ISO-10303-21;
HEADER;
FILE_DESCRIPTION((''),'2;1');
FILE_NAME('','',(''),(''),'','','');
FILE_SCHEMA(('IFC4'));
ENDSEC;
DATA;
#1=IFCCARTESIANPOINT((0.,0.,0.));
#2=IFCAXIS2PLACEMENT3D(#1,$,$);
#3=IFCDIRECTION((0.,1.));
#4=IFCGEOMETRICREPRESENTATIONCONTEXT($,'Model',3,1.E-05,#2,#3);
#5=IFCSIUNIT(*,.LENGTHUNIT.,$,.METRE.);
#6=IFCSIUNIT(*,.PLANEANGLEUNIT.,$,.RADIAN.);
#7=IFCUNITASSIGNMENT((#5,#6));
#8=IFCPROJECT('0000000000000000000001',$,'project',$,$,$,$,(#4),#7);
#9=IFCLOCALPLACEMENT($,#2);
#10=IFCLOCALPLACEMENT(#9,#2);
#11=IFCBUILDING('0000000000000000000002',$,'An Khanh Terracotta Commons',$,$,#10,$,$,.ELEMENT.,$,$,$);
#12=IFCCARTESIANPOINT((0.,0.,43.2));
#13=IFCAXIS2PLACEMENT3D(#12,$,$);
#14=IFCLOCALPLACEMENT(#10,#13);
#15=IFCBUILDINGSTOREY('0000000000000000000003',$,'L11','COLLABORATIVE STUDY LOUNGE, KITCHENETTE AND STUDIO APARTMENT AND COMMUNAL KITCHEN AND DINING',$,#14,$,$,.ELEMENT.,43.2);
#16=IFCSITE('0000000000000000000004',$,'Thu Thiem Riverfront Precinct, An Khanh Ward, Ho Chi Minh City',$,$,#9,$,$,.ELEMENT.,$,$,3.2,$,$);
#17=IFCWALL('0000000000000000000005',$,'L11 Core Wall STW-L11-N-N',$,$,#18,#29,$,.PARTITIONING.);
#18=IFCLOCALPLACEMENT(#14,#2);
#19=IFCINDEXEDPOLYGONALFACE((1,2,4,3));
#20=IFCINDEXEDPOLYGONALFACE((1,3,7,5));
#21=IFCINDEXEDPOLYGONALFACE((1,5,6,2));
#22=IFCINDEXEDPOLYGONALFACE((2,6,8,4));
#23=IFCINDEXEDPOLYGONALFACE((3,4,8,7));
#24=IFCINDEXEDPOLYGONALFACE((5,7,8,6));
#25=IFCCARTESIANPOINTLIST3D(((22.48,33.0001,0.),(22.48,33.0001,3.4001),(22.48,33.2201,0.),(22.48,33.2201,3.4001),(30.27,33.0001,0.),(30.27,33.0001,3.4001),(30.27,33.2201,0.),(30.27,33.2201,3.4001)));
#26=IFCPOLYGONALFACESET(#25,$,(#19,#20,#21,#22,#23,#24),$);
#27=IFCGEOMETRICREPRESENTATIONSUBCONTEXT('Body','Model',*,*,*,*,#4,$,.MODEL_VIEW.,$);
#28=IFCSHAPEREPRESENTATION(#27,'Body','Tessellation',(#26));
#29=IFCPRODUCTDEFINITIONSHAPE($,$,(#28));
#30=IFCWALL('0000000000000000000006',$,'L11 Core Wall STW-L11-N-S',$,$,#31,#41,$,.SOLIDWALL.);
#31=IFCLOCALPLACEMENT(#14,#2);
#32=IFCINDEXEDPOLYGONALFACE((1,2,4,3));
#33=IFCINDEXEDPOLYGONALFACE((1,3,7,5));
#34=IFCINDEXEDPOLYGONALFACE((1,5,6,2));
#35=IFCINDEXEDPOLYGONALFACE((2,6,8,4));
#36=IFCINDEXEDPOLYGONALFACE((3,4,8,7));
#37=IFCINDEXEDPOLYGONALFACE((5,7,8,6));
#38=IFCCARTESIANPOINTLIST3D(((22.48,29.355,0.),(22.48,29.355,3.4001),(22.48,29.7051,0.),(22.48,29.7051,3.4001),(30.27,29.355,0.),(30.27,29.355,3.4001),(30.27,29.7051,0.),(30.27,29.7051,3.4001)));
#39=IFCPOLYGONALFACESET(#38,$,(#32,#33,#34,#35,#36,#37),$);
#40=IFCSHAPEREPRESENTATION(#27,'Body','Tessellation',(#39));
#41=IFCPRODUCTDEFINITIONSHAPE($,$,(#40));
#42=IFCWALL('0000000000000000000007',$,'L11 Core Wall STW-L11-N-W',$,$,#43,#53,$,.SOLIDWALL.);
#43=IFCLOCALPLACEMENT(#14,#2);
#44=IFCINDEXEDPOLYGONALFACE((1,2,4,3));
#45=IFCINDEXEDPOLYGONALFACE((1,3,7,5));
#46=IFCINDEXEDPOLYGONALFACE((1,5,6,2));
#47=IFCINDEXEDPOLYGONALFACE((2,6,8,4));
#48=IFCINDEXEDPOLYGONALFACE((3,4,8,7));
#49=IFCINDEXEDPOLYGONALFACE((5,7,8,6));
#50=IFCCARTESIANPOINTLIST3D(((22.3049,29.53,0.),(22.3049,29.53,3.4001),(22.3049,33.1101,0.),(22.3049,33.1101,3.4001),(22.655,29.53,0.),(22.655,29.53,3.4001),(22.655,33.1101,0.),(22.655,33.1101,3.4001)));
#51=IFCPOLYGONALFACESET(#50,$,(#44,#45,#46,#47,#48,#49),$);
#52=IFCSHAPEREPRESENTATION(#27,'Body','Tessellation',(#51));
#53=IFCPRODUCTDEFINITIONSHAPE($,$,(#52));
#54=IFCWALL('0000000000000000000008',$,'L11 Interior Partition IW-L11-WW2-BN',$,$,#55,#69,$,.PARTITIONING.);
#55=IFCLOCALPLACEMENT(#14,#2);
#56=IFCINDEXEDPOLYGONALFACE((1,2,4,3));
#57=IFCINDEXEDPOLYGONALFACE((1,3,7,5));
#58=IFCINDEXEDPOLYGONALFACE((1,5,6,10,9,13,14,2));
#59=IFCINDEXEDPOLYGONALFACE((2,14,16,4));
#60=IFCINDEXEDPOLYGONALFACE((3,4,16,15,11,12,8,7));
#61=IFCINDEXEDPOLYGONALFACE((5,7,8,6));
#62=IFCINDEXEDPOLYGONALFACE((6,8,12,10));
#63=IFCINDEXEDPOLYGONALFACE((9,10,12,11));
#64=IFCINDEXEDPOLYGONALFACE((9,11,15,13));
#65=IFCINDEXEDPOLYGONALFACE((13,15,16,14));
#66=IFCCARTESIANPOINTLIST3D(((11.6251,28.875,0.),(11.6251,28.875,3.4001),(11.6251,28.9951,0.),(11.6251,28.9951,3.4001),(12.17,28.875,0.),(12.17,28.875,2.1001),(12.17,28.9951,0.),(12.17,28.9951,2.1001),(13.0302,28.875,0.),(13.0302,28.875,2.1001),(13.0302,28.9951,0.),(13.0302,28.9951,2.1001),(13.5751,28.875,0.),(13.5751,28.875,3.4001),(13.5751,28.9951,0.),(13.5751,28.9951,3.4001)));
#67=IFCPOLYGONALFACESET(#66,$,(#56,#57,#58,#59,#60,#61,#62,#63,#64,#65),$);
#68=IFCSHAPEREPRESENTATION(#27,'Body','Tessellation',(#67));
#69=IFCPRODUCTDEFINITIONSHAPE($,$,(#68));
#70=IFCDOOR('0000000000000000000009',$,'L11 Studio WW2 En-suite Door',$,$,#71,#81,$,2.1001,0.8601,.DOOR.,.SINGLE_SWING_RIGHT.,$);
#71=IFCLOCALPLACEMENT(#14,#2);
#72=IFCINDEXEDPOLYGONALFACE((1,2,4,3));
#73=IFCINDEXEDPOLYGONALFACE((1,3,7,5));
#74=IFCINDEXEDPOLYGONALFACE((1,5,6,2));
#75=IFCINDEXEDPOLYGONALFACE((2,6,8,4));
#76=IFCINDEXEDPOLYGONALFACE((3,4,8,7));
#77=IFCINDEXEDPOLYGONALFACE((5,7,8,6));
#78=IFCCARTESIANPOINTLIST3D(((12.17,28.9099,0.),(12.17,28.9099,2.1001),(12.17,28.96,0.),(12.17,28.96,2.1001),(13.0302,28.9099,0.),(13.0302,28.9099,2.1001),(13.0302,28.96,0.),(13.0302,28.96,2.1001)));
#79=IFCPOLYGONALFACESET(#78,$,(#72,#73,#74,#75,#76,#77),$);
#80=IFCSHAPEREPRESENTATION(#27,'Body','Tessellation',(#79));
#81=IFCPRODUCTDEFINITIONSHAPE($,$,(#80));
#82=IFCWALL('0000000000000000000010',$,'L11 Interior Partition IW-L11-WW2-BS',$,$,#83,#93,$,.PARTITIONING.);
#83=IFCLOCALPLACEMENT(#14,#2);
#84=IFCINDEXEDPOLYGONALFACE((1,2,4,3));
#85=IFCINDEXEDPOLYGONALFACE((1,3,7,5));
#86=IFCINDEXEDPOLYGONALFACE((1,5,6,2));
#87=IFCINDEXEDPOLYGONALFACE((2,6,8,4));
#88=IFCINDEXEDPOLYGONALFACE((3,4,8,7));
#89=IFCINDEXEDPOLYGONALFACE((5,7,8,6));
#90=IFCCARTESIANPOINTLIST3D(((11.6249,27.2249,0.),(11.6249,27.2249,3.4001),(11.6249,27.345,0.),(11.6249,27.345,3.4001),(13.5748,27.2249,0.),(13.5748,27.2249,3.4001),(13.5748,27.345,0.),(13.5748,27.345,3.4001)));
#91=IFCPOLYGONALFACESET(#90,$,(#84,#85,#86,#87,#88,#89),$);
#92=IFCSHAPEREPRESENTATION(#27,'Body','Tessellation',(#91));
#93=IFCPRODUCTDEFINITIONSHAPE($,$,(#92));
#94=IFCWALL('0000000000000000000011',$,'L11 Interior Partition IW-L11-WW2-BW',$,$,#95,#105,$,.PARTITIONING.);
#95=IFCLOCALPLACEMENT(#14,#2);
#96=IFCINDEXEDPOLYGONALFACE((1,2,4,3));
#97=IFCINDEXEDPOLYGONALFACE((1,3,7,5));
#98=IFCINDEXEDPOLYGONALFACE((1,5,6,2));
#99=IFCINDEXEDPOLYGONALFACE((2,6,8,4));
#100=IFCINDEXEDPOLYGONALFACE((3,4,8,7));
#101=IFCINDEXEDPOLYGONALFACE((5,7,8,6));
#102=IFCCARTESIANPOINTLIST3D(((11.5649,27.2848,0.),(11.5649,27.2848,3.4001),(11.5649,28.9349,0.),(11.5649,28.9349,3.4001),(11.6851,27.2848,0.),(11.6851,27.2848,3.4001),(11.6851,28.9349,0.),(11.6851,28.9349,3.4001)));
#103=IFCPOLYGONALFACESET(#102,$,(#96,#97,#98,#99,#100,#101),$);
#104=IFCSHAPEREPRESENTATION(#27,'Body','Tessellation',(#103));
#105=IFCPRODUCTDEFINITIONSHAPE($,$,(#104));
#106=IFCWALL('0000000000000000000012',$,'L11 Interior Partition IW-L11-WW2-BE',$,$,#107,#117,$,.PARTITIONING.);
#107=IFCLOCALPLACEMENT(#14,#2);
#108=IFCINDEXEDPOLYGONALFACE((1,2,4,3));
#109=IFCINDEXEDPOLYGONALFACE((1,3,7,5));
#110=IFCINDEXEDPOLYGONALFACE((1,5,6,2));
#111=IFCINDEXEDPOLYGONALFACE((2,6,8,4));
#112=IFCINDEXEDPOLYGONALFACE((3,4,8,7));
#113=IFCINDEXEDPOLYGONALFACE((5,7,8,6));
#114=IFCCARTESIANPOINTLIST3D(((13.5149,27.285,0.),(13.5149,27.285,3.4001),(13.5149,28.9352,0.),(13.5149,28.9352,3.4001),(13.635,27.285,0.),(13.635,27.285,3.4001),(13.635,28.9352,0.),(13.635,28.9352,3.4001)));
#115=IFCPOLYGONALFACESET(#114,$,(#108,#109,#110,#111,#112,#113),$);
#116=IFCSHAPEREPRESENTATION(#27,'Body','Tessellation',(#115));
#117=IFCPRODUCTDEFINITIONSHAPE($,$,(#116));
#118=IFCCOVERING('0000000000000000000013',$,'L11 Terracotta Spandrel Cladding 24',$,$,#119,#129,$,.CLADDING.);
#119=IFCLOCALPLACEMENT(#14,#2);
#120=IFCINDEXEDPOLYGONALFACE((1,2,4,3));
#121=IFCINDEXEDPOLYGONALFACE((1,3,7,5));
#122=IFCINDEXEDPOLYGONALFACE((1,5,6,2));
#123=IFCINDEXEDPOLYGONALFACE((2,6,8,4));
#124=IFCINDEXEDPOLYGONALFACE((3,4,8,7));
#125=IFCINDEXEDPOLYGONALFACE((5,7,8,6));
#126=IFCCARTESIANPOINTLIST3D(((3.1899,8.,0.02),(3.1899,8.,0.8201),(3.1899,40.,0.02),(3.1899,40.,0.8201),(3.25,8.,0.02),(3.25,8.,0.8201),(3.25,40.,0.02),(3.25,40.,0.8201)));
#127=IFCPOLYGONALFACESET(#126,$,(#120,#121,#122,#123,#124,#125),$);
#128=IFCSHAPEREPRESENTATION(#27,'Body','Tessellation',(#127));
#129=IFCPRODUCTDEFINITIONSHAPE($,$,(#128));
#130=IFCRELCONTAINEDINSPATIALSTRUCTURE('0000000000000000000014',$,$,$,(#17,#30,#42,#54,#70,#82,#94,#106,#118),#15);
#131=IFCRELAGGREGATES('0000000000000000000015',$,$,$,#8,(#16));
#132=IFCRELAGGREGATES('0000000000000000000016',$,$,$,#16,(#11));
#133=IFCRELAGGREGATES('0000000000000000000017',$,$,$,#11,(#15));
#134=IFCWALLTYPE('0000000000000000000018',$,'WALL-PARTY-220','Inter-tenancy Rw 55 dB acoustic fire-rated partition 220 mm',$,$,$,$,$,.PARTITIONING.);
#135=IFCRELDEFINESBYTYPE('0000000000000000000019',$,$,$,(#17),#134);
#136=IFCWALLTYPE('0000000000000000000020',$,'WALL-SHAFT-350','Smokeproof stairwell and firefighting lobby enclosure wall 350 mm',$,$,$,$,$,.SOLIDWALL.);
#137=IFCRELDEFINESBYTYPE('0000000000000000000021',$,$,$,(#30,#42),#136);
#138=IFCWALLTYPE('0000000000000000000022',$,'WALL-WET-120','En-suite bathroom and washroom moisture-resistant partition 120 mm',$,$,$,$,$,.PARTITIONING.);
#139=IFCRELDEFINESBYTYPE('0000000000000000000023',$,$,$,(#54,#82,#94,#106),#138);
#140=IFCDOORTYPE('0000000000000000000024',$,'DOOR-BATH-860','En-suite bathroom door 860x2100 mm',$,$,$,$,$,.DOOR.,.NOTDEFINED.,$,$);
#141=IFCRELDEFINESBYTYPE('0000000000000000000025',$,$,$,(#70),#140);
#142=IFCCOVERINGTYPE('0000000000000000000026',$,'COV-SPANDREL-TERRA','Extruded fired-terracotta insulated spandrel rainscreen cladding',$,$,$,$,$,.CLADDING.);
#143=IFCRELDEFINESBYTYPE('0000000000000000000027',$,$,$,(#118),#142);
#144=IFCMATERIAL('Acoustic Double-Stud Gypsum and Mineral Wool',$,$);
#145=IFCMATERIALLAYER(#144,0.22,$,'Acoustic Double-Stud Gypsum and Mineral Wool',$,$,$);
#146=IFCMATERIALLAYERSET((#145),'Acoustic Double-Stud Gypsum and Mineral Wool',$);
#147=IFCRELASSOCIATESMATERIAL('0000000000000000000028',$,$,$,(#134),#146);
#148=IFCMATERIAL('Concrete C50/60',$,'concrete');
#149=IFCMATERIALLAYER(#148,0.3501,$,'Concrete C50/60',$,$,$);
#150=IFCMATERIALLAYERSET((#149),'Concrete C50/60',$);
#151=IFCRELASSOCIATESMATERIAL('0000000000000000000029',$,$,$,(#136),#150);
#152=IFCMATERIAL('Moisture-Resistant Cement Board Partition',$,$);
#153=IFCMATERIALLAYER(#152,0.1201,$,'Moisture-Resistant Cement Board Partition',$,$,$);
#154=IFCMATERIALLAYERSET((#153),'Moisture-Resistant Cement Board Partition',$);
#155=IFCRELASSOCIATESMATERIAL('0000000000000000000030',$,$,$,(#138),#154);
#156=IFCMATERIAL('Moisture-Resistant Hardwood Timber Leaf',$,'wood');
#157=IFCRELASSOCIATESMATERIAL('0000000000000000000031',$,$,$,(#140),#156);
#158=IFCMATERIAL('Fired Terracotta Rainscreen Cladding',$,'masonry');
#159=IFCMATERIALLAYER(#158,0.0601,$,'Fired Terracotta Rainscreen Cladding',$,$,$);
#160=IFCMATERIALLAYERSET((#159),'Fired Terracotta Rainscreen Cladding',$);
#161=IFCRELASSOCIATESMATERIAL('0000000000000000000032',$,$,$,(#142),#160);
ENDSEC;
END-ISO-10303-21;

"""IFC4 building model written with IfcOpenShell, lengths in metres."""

from ifc_helpers import new_model, si_unit, direction, frame, frame_2d, origin, origin_2d, place, context, subcontext, project, spatial, rectangle, extrude, material, layer, layer_set, type_object, element, fill, save


model = new_model("IFC4")

# Units and contexts
model_context = context("Model", 3, precision=1e-05, world=origin(), true_north=direction((0.0, 1.0)))
body_context = subcontext(model_context, "Body", "Model", "MODEL_VIEW")
ifc_project = project(units=[si_unit("LENGTHUNIT", "METRE"), si_unit("PLANEANGLEUNIT", "RADIAN")], contexts=[model_context])

# Site, building, storey
site_placement = place(None, origin())
site = spatial("IfcSite", under=ifc_project, at=site_placement, Name="Thu Thiem Riverfront Precinct, An Khanh Ward, Ho Chi Minh City", CompositionType="ELEMENT", RefElevation=3.2)
building_placement = place(site_placement, origin())
building = spatial("IfcBuilding", under=site, at=building_placement, Name="An Khanh Terracotta Commons", CompositionType="ELEMENT")
storey_placement = place(building_placement, frame((0.0, 0.0, 43.2)))
storey = spatial("IfcBuildingStorey", under=building, at=storey_placement, Name="L11", Description="COLLABORATIVE STUDY LOUNGE, KITCHENETTE AND STUDIO APARTMENT AND COMMUNAL KITCHEN AND DINING", CompositionType="ELEMENT", Elevation=43.2)

# Walls
ifc_material_1 = material(Name="Acoustic Double-Stud Gypsum and Mineral Wool")
ifc_layer_1 = layer(ifc_material_1, 0.22, Name="Acoustic Double-Stud Gypsum and Mineral Wool")
ifc_layer_set_1 = layer_set([ifc_layer_1], Name="Acoustic Double-Stud Gypsum and Mineral Wool")
wall_type_1 = type_object("IfcWallType", Name="WALL-PARTY-220", Description="Inter-tenancy Rw 55 dB acoustic fire-rated partition 220 mm", PredefinedType="PARTITIONING", material=ifc_layer_set_1)
wall_1_placement = place(storey_placement, frame((22.48, 33.1101, 0.0), z_axis=(0.0, 0.0, 1.0), x_axis=(1.0, 0.0, 0.0)))
element("IfcWall", 1, at=wall_1_placement, inside=storey, type_object=wall_type_1, Name="L11 Core Wall STW-L11-N-N", PredefinedType="PARTITIONING", context=body_context, shape_type="SweptSolid", body=[
    extrude(rectangle(XDim=7.79, YDim=0.22, at=frame_2d((3.895, 0.0))), origin(), (0.0, 0.0, 1.0), 3.4001),
])
ifc_material_2 = material(Name="Concrete C50/60", Category="concrete")
ifc_layer_2 = layer(ifc_material_2, 0.3501, Name="Concrete C50/60")
ifc_layer_set_2 = layer_set([ifc_layer_2], Name="Concrete C50/60")
wall_type_2 = type_object("IfcWallType", Name="WALL-SHAFT-350", Description="Smokeproof stairwell and firefighting lobby enclosure wall 350 mm", PredefinedType="SOLIDWALL", material=ifc_layer_set_2)
wall_2_placement = place(storey_placement, frame((22.48, 29.53, 0.0), z_axis=(0.0, 0.0, 1.0), x_axis=(1.0, 0.0, 0.0)))
element("IfcWall", 2, at=wall_2_placement, inside=storey, type_object=wall_type_2, Name="L11 Core Wall STW-L11-N-S", PredefinedType="SOLIDWALL", context=body_context, shape_type="SweptSolid", body=[
    extrude(rectangle(XDim=7.79, YDim=0.3501, at=frame_2d((3.895, 0.0))), origin(), (0.0, 0.0, 1.0), 3.4001),
])
wall_3_placement = place(storey_placement, frame((22.48, 29.53, 0.0), z_axis=(0.0, 0.0, 1.0), x_axis=(0.0, 1.0, 0.0)))
element("IfcWall", 3, at=wall_3_placement, inside=storey, type_object=wall_type_2, Name="L11 Core Wall STW-L11-N-W", PredefinedType="SOLIDWALL", context=body_context, shape_type="SweptSolid", body=[
    extrude(rectangle(XDim=3.5801, YDim=0.3501, at=frame_2d((1.79, 0.0))), origin(), (0.0, 0.0, 1.0), 3.4001),
])

# Wall, opening, door
ifc_material_3 = material(Name="Moisture-Resistant Cement Board Partition")
ifc_layer_3 = layer(ifc_material_3, 0.1201, Name="Moisture-Resistant Cement Board Partition")
ifc_layer_set_3 = layer_set([ifc_layer_3], Name="Moisture-Resistant Cement Board Partition")
wall_type_3 = type_object("IfcWallType", Name="WALL-WET-120", Description="En-suite bathroom and washroom moisture-resistant partition 120 mm", PredefinedType="PARTITIONING", material=ifc_layer_set_3)
wall_4_placement = place(storey_placement, frame((11.625, 28.9351, 0.0), z_axis=(0.0, 0.0, 1.0), x_axis=(1.0, 0.0, 0.0)))
wall_4 = element("IfcWall", 4, at=wall_4_placement, inside=storey, type_object=wall_type_3, Name="L11 Interior Partition IW-L11-WW2-BN", PredefinedType="PARTITIONING", context=body_context, shape_type="SweptSolid", body=[
    extrude(rectangle(XDim=1.95, YDim=0.1201, at=frame_2d((0.9751, 0.0))), origin(), (0.0, 0.0, 1.0), 3.4001),
])
opening_1_placement = place(wall_4_placement, frame((0.5449, 0.0, 0.0)))
opening_1 = element("IfcOpeningElement", 5, at=opening_1_placement, cuts=wall_4, PredefinedType="OPENING", context=body_context, shape_type="SweptSolid", body=[
    extrude(rectangle(XDim=0.8601, YDim=2.1001, at=frame_2d((0.4302, 1.05))), frame((0.0, 0.0701, 0.0), z_axis=(0.0, -1.0, 0.0), x_axis=(1.0, 0.0, 0.0)), (0.0, 0.0, 1.0), 0.1401),
])
ifc_material_4 = material(Name="Moisture-Resistant Hardwood Timber Leaf", Category="wood")
door_type_1 = type_object("IfcDoorType", Name="DOOR-BATH-860", Description="En-suite bathroom door 860x2100 mm", OperationType="NOTDEFINED", PredefinedType="DOOR", material=ifc_material_4)
door_1_placement = place(opening_1_placement, origin())
door_1 = element("IfcDoor", 6, at=door_1_placement, inside=storey, type_object=door_type_1, Name="L11 Studio WW2 En-suite Door", OperationType="SINGLE_SWING_RIGHT", OverallHeight=2.1001, OverallWidth=0.8601, PredefinedType="DOOR", context=body_context, shape_type="SweptSolid", body=[
    extrude(rectangle(XDim=0.8601, YDim=2.1001, at=frame_2d((0.4302, 1.05))), frame((0.0, 0.0249, 0.0), z_axis=(0.0, -1.0, 0.0), x_axis=(1.0, 0.0, 0.0)), (0.0, 0.0, 1.0), 0.05),
])
fill(opening_1, door_1)

# Walls
wall_5_placement = place(storey_placement, frame((13.575, 27.2849, 0.0), z_axis=(0.0, 0.0, 1.0), x_axis=(-1.0, 0.0, 0.0)))
element("IfcWall", 7, at=wall_5_placement, inside=storey, type_object=wall_type_3, Name="L11 Interior Partition IW-L11-WW2-BS", PredefinedType="PARTITIONING", context=body_context, shape_type="SweptSolid", body=[
    extrude(rectangle(XDim=1.95, YDim=0.1201, at=frame_2d((0.9751, 0.0))), origin(), (0.0, 0.0, 1.0), 3.4001),
])
for number, where, z_axis, x_axis, name in (
    (8, (11.625, 28.9351, 0.0), (0.0, 0.0, 1.0), (0.0, -1.0, 0.0), "L11 Interior Partition IW-L11-WW2-BW"),
    (9, (13.575, 27.2849, 0.0), (0.0, 0.0, 1.0), (0.0, 1.0, 0.0), "L11 Interior Partition IW-L11-WW2-BE"),
):
    element("IfcWall", number, at=place(storey_placement, frame(where, z_axis=z_axis, x_axis=x_axis)), inside=storey, type_object=wall_type_3, Name=name, PredefinedType="PARTITIONING", context=body_context, shape_type="SweptSolid", body=[
        extrude(rectangle(XDim=1.6501, YDim=0.1201, at=frame_2d((0.8252, 0.0))), origin(), (0.0, 0.0, 1.0), 3.4001),
    ])

# Covering
ifc_material_5 = material(Name="Fired Terracotta Rainscreen Cladding", Category="masonry")
ifc_layer_4 = layer(ifc_material_5, 0.0601, Name="Fired Terracotta Rainscreen Cladding")
ifc_layer_set_4 = layer_set([ifc_layer_4], Name="Fired Terracotta Rainscreen Cladding")
covering_type = type_object("IfcCoveringType", Name="COV-SPANDREL-TERRA", Description="Extruded fired-terracotta insulated spandrel rainscreen cladding", PredefinedType="CLADDING", material=ifc_layer_set_4)
covering_placement = place(storey_placement, frame((3.22, 24.0, 0.02), z_axis=(0.0, 0.0, 1.0), x_axis=(0.0, -1.0, 0.0)))
element("IfcCovering", 10, at=covering_placement, inside=storey, type_object=covering_type, Name="L11 Terracotta Spandrel Cladding 24", PredefinedType="CLADDING", context=body_context, shape_type="SweptSolid", body=[
    extrude(rectangle(XDim=32.0, YDim=0.0601, at=origin_2d()), origin(), (0.0, 0.0, 1.0), 0.8),
])

save(model, "model.ifc")
